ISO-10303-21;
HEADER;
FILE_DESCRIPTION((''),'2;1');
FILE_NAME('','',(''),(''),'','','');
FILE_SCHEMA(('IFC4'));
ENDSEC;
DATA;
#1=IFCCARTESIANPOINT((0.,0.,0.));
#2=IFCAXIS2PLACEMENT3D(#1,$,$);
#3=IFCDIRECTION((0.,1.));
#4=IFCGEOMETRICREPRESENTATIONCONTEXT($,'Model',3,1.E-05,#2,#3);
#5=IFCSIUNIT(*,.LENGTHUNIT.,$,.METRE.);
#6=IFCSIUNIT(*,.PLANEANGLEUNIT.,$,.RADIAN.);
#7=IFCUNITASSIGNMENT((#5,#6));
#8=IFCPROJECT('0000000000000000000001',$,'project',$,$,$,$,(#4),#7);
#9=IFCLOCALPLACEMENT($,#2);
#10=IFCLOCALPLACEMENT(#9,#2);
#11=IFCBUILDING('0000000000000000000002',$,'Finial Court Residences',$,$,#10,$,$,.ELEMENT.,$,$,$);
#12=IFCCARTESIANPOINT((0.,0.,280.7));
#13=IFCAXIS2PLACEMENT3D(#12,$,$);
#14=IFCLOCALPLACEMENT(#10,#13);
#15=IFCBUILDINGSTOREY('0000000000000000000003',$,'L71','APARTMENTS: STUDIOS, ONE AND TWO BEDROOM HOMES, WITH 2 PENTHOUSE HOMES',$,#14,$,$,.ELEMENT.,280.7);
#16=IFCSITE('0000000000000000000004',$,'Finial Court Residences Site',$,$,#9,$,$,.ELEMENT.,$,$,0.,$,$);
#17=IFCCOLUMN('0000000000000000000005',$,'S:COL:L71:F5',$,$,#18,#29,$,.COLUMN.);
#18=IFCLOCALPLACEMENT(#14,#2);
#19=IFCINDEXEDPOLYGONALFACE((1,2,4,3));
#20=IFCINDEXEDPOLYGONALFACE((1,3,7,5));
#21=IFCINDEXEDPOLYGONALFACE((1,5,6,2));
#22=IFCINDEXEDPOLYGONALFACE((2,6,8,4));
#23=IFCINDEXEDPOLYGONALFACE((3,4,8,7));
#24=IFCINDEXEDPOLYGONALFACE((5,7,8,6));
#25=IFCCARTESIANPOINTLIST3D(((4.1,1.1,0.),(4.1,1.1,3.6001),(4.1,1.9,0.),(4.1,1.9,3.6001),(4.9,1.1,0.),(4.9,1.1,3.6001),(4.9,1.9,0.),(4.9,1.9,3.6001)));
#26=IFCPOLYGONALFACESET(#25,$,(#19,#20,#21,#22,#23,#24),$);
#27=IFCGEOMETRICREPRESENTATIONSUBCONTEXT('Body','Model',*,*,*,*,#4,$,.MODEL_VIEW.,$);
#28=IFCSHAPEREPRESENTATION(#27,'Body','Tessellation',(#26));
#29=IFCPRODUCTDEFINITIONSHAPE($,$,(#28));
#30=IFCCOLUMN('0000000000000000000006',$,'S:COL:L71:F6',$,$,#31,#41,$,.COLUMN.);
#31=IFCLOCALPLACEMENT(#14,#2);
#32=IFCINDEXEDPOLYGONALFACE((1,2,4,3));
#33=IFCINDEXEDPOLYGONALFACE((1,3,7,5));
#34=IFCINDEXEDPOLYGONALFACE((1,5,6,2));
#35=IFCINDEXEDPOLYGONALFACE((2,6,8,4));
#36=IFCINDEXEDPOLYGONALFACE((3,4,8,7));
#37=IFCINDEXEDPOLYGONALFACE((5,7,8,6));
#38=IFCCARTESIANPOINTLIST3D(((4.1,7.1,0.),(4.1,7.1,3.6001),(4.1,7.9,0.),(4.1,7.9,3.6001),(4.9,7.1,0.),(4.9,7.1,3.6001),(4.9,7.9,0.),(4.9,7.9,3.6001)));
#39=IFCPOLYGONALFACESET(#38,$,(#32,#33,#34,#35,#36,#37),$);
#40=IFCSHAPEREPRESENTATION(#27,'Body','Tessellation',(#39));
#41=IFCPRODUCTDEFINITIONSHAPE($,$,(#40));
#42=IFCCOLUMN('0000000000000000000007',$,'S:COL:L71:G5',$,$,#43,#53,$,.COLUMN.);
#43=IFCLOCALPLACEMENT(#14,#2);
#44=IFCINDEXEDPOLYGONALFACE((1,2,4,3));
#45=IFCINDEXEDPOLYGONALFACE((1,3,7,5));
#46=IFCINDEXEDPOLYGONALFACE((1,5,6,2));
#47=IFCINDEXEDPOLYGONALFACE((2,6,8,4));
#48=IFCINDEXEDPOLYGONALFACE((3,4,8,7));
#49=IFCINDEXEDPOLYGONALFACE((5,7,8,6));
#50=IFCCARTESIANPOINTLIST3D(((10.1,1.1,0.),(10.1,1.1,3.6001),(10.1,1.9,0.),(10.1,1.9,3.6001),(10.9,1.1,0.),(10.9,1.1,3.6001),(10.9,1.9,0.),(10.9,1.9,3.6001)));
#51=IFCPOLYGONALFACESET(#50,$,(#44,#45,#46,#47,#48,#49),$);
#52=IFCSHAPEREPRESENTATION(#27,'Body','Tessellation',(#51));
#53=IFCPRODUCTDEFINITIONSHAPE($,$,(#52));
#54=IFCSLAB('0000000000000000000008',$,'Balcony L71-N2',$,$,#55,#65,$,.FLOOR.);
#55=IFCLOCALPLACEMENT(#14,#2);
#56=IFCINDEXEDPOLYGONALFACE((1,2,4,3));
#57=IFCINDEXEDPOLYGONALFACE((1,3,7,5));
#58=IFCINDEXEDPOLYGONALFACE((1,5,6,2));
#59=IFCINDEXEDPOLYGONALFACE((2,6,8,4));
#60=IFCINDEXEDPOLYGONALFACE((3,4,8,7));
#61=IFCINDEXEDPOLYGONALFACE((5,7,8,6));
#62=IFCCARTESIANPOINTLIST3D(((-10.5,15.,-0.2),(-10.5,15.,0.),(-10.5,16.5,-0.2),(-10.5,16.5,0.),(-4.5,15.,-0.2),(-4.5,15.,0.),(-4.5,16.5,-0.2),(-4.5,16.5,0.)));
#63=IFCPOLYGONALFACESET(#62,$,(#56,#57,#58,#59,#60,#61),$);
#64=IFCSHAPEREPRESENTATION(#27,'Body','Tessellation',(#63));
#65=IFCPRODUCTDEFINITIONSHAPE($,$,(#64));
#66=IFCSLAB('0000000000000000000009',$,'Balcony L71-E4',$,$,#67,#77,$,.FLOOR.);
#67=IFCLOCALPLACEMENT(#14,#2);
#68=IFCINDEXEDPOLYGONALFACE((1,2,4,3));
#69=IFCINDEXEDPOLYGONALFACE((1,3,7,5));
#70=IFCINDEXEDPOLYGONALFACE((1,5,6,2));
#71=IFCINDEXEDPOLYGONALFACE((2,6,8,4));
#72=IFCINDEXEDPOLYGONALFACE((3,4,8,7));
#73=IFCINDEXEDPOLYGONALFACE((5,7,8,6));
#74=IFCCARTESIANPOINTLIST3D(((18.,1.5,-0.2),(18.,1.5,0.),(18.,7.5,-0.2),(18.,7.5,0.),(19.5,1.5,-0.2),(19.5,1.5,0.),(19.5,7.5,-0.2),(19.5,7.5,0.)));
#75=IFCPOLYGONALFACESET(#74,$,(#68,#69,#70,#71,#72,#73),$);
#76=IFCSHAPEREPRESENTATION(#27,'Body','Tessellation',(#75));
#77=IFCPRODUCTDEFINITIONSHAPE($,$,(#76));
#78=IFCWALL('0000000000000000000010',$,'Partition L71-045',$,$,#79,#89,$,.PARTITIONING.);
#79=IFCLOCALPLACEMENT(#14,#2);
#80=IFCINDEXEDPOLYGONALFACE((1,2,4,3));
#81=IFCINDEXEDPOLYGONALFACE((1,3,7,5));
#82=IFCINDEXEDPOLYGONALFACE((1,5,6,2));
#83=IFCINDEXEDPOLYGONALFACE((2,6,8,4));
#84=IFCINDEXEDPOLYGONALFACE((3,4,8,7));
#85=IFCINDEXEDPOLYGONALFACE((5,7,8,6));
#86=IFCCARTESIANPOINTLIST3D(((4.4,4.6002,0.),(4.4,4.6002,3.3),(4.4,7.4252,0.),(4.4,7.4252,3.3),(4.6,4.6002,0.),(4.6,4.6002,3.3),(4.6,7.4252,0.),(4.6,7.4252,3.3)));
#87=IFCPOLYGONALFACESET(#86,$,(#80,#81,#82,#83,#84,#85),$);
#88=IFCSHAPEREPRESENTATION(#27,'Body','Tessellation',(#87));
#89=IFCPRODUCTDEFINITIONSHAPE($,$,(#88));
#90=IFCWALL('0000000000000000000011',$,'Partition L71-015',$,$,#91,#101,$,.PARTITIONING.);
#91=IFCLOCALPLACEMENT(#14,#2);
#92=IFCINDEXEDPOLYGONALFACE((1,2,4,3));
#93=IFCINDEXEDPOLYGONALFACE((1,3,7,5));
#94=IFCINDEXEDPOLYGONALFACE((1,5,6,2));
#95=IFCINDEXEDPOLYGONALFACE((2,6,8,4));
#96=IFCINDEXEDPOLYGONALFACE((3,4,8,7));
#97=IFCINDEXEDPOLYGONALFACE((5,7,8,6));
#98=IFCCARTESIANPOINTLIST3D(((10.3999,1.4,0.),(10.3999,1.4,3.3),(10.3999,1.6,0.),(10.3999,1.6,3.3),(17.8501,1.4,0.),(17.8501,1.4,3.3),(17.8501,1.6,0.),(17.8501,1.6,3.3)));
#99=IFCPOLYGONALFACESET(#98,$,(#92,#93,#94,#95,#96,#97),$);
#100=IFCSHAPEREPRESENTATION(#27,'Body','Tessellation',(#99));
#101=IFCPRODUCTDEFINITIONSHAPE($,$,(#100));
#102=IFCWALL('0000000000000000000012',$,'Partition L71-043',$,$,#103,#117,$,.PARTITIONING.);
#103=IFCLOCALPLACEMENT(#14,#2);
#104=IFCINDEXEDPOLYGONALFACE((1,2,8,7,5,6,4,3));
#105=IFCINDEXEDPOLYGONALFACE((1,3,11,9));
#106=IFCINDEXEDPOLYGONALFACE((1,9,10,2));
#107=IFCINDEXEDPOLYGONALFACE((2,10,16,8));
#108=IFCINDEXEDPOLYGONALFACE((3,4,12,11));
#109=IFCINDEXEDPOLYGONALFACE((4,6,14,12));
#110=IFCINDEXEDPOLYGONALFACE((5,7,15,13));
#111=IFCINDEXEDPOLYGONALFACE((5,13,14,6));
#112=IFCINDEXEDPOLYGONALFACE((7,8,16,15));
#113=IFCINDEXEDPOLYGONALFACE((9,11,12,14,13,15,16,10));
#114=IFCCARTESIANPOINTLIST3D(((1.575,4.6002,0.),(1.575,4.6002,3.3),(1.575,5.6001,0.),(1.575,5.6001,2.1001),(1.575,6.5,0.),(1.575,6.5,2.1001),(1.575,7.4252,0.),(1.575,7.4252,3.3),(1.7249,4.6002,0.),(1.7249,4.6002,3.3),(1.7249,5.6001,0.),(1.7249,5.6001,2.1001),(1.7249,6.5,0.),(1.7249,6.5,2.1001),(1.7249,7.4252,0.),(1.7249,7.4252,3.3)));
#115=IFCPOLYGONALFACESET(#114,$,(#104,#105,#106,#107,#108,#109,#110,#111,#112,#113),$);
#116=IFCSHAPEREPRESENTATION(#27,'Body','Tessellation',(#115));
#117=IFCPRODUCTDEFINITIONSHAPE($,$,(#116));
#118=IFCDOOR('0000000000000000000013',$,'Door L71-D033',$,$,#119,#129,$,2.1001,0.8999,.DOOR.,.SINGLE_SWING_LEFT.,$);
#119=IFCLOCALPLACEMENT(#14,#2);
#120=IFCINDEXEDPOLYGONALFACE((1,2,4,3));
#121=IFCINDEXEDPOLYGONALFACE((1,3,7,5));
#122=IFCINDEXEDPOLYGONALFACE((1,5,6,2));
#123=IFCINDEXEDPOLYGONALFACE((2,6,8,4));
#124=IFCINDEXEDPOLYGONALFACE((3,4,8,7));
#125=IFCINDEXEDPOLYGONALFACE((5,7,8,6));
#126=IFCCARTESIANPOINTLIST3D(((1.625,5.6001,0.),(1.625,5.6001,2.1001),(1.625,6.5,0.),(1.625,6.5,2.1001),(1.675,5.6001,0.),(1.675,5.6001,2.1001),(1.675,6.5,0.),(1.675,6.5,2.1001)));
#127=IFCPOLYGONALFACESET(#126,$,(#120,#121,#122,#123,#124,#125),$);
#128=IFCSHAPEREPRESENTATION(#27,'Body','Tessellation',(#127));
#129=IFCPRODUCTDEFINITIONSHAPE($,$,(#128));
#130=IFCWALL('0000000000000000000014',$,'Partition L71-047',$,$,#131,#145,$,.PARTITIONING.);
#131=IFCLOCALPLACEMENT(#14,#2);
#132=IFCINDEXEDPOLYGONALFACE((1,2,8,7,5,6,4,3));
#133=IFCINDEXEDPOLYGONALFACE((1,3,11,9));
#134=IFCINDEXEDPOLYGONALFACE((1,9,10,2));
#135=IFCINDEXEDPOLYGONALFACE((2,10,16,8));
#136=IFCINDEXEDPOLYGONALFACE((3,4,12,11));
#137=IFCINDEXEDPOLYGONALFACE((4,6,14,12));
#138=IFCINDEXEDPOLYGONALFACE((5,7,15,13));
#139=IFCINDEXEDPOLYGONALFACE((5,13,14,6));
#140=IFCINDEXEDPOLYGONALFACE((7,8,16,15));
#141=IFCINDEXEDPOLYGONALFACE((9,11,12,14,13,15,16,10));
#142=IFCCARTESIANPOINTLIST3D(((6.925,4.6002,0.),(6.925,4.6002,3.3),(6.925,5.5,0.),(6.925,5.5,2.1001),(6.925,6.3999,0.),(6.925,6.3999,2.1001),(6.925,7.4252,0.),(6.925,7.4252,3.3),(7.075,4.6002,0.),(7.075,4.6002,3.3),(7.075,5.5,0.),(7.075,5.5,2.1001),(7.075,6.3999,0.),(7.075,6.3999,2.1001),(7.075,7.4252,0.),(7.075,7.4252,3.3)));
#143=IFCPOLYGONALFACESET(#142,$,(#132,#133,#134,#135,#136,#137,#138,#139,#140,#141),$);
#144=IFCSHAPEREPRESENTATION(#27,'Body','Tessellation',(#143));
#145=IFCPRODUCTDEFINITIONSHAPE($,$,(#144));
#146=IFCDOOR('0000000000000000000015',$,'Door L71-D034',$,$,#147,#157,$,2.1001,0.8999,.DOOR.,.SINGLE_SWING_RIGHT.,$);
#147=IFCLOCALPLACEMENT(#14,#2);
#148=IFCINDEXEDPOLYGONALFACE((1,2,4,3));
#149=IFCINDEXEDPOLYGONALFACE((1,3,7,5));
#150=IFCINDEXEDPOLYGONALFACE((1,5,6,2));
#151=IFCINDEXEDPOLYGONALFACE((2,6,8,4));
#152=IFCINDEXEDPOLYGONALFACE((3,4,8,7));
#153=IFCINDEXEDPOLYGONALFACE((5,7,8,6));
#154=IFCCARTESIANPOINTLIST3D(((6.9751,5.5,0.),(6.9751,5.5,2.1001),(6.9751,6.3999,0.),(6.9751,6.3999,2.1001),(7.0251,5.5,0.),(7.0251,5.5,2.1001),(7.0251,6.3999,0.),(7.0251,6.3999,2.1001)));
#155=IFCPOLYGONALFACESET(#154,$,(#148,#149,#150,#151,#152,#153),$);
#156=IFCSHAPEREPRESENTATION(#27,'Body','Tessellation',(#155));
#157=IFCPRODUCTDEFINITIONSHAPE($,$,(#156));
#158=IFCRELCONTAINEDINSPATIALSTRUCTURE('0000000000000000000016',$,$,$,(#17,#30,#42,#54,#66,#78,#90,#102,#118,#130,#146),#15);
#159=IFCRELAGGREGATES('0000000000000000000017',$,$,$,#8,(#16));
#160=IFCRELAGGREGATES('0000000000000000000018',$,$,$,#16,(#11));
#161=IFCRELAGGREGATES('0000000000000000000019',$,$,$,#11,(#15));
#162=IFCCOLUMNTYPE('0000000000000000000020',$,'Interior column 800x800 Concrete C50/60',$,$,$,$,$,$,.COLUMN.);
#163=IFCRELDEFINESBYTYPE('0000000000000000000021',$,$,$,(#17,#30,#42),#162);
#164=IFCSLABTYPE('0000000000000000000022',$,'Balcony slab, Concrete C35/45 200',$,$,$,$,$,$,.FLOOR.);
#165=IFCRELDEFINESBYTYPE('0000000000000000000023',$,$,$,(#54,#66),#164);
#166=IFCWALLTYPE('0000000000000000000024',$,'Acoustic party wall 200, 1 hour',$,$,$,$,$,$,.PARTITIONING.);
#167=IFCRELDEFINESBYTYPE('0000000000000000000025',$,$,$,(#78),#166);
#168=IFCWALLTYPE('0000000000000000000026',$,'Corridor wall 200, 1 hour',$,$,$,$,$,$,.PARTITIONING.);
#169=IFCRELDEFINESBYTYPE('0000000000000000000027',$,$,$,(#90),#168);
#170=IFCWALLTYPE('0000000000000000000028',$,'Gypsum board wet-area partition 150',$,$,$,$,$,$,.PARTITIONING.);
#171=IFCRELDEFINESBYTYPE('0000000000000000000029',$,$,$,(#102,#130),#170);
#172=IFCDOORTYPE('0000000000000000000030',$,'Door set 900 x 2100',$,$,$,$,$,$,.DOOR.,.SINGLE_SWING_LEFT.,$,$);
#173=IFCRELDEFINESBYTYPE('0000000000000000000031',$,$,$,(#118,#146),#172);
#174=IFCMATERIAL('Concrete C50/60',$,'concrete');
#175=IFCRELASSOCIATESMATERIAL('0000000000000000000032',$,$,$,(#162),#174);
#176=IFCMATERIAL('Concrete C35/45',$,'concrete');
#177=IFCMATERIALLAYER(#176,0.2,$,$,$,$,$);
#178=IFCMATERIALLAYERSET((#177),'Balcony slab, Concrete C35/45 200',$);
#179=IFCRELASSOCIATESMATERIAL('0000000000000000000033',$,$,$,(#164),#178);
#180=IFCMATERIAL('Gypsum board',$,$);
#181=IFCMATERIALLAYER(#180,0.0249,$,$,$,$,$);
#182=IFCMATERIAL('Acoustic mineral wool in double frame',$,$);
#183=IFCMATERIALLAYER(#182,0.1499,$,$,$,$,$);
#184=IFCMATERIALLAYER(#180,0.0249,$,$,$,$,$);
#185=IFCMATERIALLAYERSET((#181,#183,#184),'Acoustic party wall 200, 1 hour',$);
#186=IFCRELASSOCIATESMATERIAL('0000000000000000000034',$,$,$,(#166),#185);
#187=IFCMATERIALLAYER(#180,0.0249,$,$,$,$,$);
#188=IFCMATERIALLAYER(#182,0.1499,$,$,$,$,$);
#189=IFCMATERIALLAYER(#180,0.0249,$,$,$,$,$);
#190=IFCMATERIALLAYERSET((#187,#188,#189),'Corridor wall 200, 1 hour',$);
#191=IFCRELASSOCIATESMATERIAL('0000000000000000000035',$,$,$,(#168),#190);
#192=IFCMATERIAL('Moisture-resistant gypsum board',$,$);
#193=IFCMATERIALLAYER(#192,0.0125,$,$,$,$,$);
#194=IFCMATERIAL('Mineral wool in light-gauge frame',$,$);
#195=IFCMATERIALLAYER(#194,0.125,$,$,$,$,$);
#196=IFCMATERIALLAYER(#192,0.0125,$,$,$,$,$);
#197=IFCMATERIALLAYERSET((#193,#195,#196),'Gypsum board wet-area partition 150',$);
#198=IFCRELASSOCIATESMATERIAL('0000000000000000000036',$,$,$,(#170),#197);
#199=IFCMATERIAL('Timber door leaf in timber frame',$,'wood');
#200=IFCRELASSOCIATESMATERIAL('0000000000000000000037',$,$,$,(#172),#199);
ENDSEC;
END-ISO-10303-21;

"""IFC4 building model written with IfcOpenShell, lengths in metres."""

from ifc_helpers import new_model, si_unit, direction, frame, frame_2d, origin, origin_2d, place, context, subcontext, project, spatial, polyline, rectangle, outline, extrude, material, layer, layer_set, material_profile, profile_set, type_object, element, fill, save


model = new_model("IFC4")

# Units and contexts
model_context = context("Model", 3, precision=1e-05, world=origin(), true_north=direction((0.0, 1.0)))
body_context = subcontext(model_context, "Body", "Model", "MODEL_VIEW")
ifc_project = project(units=[si_unit("LENGTHUNIT", "METRE"), si_unit("PLANEANGLEUNIT", "RADIAN")], contexts=[model_context])

# Site, building, storey
site_placement = place(None, origin())
site = spatial("IfcSite", under=ifc_project, at=site_placement, Name="Finial Court Residences Site", CompositionType="ELEMENT", RefElevation=0.0)
building_placement = place(site_placement, origin())
building = spatial("IfcBuilding", under=site, at=building_placement, Name="Finial Court Residences", CompositionType="ELEMENT")
storey_placement = place(building_placement, frame((0.0, 0.0, 280.7)))
storey = spatial("IfcBuildingStorey", under=building, at=storey_placement, Name="L71", Description="APARTMENTS: STUDIOS, ONE AND TWO BEDROOM HOMES, WITH 2 PENTHOUSE HOMES", CompositionType="ELEMENT", Elevation=280.7)

# Columns
ifc_material_1 = material(Name="Concrete C50/60", Category="concrete")
ifc_material_profile = material_profile(ifc_material_1, rectangle(XDim=0.8, YDim=0.8, at=origin_2d()), Name="800x800")
ifc_profile_set = profile_set([ifc_material_profile], Name="Concrete C50/60")
column_type = type_object("IfcColumnType", Name="Interior column 800x800 Concrete C50/60", PredefinedType="COLUMN", material=ifc_profile_set)
for number, where, z_axis, x_axis, name in (
    (1, (4.5, 1.5, 0.0), (0.0, 0.0, 1.0), (1.0, 0.0, 0.0), "S:COL:L71:F5"),
    (2, (4.5, 7.5, 0.0), (0.0, 0.0, 1.0), (1.0, 0.0, 0.0), "S:COL:L71:F6"),
    (3, (10.5, 1.5, 0.0), (0.0, 0.0, 1.0), (1.0, 0.0, 0.0), "S:COL:L71:G5"),
):
    element("IfcColumn", number, at=place(storey_placement, frame(where, z_axis=z_axis, x_axis=x_axis)), inside=storey, type_object=column_type, Name=name, PredefinedType="COLUMN", context=body_context, shape_type="SweptSolid", body=[
        extrude(rectangle(XDim=0.8, YDim=0.8, at=origin_2d()), origin(), (0.0, 0.0, 1.0), 3.6001),
    ])

# Slabs
ifc_material_2 = material(Name="Concrete C35/45", Category="concrete")
ifc_layer_1 = layer(ifc_material_2, 0.2)
ifc_layer_set_1 = layer_set([ifc_layer_1], Name="Balcony slab, Concrete C35/45 200")
slab_type = type_object("IfcSlabType", Name="Balcony slab, Concrete C35/45 200", PredefinedType="FLOOR", material=ifc_layer_set_1)
slab_1_placement = place(storey_placement, frame((0.0, 0.0, -0.2)))
element("IfcSlab", 4, at=slab_1_placement, inside=storey, type_object=slab_type, Name="Balcony L71-N2", PredefinedType="FLOOR", context=body_context, shape_type="SweptSolid", body=[
    extrude(outline(polyline([(-4.5, 15.0), (-4.5, 16.5), (-10.5, 16.5), (-10.5, 15.0), (-4.5, 15.0)])), origin(), (0.0, 0.0, 1.0), 0.2),
])
slab_2_placement = place(storey_placement, frame((0.0, 0.0, -0.2)))
element("IfcSlab", 5, at=slab_2_placement, inside=storey, type_object=slab_type, Name="Balcony L71-E4", PredefinedType="FLOOR", context=body_context, shape_type="SweptSolid", body=[
    extrude(outline(polyline([(19.5, 1.5), (19.5, 7.5), (18.0, 7.5), (18.0, 1.5), (19.5, 1.5)])), origin(), (0.0, 0.0, 1.0), 0.2),
])

# Walls
ifc_material_3 = material(Name="Gypsum board")
ifc_layer_2 = layer(ifc_material_3, 0.0249)
ifc_material_4 = material(Name="Acoustic mineral wool in double frame")
ifc_layer_3 = layer(ifc_material_4, 0.1499)
ifc_layer_4 = layer(ifc_material_3, 0.0249)
ifc_layer_set_2 = layer_set([ifc_layer_2, ifc_layer_3, ifc_layer_4], Name="Acoustic party wall 200, 1 hour")
wall_type_1 = type_object("IfcWallType", Name="Acoustic party wall 200, 1 hour", PredefinedType="PARTITIONING", material=ifc_layer_set_2)
wall_1_placement = place(storey_placement, frame((4.5, 4.6001, 0.0), z_axis=(0.0, 0.0, 1.0), x_axis=(0.0, 1.0, 0.0)))
element("IfcWall", 6, at=wall_1_placement, inside=storey, type_object=wall_type_1, Name="Partition L71-045", PredefinedType="PARTITIONING", context=body_context, shape_type="SweptSolid", body=[
    extrude(rectangle(XDim=2.825, YDim=0.2, at=frame_2d((1.4126, 0.0))), origin(), (0.0, 0.0, 1.0), 3.3),
])
ifc_layer_5 = layer(ifc_material_3, 0.0249)
ifc_layer_6 = layer(ifc_material_4, 0.1499)
ifc_layer_7 = layer(ifc_material_3, 0.0249)
ifc_layer_set_3 = layer_set([ifc_layer_5, ifc_layer_6, ifc_layer_7], Name="Corridor wall 200, 1 hour")
wall_type_2 = type_object("IfcWallType", Name="Corridor wall 200, 1 hour", PredefinedType="PARTITIONING", material=ifc_layer_set_3)
wall_2_placement = place(storey_placement, frame((10.3999, 1.5, 0.0), z_axis=(0.0, 0.0, 1.0), x_axis=(1.0, 0.0, 0.0)))
element("IfcWall", 7, at=wall_2_placement, inside=storey, type_object=wall_type_2, Name="Partition L71-015", PredefinedType="PARTITIONING", context=body_context, shape_type="SweptSolid", body=[
    extrude(rectangle(XDim=7.4502, YDim=0.2, at=frame_2d((3.7251, 0.0))), origin(), (0.0, 0.0, 1.0), 3.3),
])

# Walls, openings, doors
ifc_material_5 = material(Name="Moisture-resistant gypsum board")
ifc_layer_8 = layer(ifc_material_5, 0.0125)
ifc_material_6 = material(Name="Mineral wool in light-gauge frame")
ifc_layer_9 = layer(ifc_material_6, 0.125)
ifc_layer_10 = layer(ifc_material_5, 0.0125)
ifc_layer_set_4 = layer_set([ifc_layer_8, ifc_layer_9, ifc_layer_10], Name="Gypsum board wet-area partition 150")
wall_type_3 = type_object("IfcWallType", Name="Gypsum board wet-area partition 150", PredefinedType="PARTITIONING", material=ifc_layer_set_4)
wall_3_placement = place(storey_placement, frame((1.6499, 4.6001, 0.0), z_axis=(0.0, 0.0, 1.0), x_axis=(0.0, 1.0, 0.0)))
wall_3 = element("IfcWall", 8, at=wall_3_placement, inside=storey, type_object=wall_type_3, Name="Partition L71-043", PredefinedType="PARTITIONING", context=body_context, shape_type="SweptSolid", body=[
    extrude(rectangle(XDim=2.825, YDim=0.1499, at=frame_2d((1.4126, 0.0))), origin(), (0.0, 0.0, 1.0), 3.3),
])
opening_1_placement = place(wall_3_placement, frame((1.0, 0.0, 0.0)))
opening_1 = element("IfcOpeningElement", 9, at=opening_1_placement, cuts=wall_3, PredefinedType="OPENING", context=body_context, shape_type="SweptSolid", body=[
    extrude(rectangle(XDim=0.8999, YDim=2.1001, at=frame_2d((0.45, 1.05))), frame((0.0, 0.085, 0.0), z_axis=(0.0, -1.0, 0.0), x_axis=(1.0, 0.0, 0.0)), (0.0, 0.0, 1.0), 0.1699),
])
ifc_material_7 = material(Name="Timber door leaf in timber frame", Category="wood")
door_type = type_object("IfcDoorType", Name="Door set 900 x 2100", OperationType="SINGLE_SWING_LEFT", PredefinedType="DOOR", material=ifc_material_7)
door_1_placement = place(opening_1_placement, origin())
door_1 = element("IfcDoor", 10, at=door_1_placement, inside=storey, type_object=door_type, Name="Door L71-D033", OperationType="SINGLE_SWING_LEFT", OverallHeight=2.1001, OverallWidth=0.8999, PredefinedType="DOOR", context=body_context, shape_type="SweptSolid", body=[
    extrude(rectangle(XDim=0.8999, YDim=2.1001, at=frame_2d((0.45, 1.05))), frame((0.0, 0.0249, 0.0), z_axis=(0.0, -1.0, 0.0), x_axis=(1.0, 0.0, 0.0)), (0.0, 0.0, 1.0), 0.05),
])
fill(opening_1, door_1)
wall_4_placement = place(storey_placement, frame((7.0, 4.6001, 0.0), z_axis=(0.0, 0.0, 1.0), x_axis=(0.0, 1.0, 0.0)))
wall_4 = element("IfcWall", 11, at=wall_4_placement, inside=storey, type_object=wall_type_3, Name="Partition L71-047", PredefinedType="PARTITIONING", context=body_context, shape_type="SweptSolid", body=[
    extrude(rectangle(XDim=2.825, YDim=0.1499, at=frame_2d((1.4126, 0.0))), origin(), (0.0, 0.0, 1.0), 3.3),
])
opening_2_placement = place(wall_4_placement, frame((0.8999, 0.0, 0.0)))
opening_2 = element("IfcOpeningElement", 12, at=opening_2_placement, cuts=wall_4, PredefinedType="OPENING", context=body_context, shape_type="SweptSolid", body=[
    extrude(rectangle(XDim=0.8999, YDim=2.1001, at=frame_2d((0.45, 1.05))), frame((0.0, 0.085, 0.0), z_axis=(0.0, -1.0, 0.0), x_axis=(1.0, 0.0, 0.0)), (0.0, 0.0, 1.0), 0.1699),
])
door_2_placement = place(opening_2_placement, origin())
door_2 = element("IfcDoor", 13, at=door_2_placement, inside=storey, type_object=door_type, Name="Door L71-D034", OperationType="SINGLE_SWING_RIGHT", OverallHeight=2.1001, OverallWidth=0.8999, PredefinedType="DOOR", context=body_context, shape_type="SweptSolid", body=[
    extrude(rectangle(XDim=0.8999, YDim=2.1001, at=frame_2d((0.45, 1.05))), frame((0.0, 0.0249, 0.0), z_axis=(0.0, -1.0, 0.0), x_axis=(1.0, 0.0, 0.0)), (0.0, 0.0, 1.0), 0.05),
])
fill(opening_2, door_2)

save(model, "model.ifc")
